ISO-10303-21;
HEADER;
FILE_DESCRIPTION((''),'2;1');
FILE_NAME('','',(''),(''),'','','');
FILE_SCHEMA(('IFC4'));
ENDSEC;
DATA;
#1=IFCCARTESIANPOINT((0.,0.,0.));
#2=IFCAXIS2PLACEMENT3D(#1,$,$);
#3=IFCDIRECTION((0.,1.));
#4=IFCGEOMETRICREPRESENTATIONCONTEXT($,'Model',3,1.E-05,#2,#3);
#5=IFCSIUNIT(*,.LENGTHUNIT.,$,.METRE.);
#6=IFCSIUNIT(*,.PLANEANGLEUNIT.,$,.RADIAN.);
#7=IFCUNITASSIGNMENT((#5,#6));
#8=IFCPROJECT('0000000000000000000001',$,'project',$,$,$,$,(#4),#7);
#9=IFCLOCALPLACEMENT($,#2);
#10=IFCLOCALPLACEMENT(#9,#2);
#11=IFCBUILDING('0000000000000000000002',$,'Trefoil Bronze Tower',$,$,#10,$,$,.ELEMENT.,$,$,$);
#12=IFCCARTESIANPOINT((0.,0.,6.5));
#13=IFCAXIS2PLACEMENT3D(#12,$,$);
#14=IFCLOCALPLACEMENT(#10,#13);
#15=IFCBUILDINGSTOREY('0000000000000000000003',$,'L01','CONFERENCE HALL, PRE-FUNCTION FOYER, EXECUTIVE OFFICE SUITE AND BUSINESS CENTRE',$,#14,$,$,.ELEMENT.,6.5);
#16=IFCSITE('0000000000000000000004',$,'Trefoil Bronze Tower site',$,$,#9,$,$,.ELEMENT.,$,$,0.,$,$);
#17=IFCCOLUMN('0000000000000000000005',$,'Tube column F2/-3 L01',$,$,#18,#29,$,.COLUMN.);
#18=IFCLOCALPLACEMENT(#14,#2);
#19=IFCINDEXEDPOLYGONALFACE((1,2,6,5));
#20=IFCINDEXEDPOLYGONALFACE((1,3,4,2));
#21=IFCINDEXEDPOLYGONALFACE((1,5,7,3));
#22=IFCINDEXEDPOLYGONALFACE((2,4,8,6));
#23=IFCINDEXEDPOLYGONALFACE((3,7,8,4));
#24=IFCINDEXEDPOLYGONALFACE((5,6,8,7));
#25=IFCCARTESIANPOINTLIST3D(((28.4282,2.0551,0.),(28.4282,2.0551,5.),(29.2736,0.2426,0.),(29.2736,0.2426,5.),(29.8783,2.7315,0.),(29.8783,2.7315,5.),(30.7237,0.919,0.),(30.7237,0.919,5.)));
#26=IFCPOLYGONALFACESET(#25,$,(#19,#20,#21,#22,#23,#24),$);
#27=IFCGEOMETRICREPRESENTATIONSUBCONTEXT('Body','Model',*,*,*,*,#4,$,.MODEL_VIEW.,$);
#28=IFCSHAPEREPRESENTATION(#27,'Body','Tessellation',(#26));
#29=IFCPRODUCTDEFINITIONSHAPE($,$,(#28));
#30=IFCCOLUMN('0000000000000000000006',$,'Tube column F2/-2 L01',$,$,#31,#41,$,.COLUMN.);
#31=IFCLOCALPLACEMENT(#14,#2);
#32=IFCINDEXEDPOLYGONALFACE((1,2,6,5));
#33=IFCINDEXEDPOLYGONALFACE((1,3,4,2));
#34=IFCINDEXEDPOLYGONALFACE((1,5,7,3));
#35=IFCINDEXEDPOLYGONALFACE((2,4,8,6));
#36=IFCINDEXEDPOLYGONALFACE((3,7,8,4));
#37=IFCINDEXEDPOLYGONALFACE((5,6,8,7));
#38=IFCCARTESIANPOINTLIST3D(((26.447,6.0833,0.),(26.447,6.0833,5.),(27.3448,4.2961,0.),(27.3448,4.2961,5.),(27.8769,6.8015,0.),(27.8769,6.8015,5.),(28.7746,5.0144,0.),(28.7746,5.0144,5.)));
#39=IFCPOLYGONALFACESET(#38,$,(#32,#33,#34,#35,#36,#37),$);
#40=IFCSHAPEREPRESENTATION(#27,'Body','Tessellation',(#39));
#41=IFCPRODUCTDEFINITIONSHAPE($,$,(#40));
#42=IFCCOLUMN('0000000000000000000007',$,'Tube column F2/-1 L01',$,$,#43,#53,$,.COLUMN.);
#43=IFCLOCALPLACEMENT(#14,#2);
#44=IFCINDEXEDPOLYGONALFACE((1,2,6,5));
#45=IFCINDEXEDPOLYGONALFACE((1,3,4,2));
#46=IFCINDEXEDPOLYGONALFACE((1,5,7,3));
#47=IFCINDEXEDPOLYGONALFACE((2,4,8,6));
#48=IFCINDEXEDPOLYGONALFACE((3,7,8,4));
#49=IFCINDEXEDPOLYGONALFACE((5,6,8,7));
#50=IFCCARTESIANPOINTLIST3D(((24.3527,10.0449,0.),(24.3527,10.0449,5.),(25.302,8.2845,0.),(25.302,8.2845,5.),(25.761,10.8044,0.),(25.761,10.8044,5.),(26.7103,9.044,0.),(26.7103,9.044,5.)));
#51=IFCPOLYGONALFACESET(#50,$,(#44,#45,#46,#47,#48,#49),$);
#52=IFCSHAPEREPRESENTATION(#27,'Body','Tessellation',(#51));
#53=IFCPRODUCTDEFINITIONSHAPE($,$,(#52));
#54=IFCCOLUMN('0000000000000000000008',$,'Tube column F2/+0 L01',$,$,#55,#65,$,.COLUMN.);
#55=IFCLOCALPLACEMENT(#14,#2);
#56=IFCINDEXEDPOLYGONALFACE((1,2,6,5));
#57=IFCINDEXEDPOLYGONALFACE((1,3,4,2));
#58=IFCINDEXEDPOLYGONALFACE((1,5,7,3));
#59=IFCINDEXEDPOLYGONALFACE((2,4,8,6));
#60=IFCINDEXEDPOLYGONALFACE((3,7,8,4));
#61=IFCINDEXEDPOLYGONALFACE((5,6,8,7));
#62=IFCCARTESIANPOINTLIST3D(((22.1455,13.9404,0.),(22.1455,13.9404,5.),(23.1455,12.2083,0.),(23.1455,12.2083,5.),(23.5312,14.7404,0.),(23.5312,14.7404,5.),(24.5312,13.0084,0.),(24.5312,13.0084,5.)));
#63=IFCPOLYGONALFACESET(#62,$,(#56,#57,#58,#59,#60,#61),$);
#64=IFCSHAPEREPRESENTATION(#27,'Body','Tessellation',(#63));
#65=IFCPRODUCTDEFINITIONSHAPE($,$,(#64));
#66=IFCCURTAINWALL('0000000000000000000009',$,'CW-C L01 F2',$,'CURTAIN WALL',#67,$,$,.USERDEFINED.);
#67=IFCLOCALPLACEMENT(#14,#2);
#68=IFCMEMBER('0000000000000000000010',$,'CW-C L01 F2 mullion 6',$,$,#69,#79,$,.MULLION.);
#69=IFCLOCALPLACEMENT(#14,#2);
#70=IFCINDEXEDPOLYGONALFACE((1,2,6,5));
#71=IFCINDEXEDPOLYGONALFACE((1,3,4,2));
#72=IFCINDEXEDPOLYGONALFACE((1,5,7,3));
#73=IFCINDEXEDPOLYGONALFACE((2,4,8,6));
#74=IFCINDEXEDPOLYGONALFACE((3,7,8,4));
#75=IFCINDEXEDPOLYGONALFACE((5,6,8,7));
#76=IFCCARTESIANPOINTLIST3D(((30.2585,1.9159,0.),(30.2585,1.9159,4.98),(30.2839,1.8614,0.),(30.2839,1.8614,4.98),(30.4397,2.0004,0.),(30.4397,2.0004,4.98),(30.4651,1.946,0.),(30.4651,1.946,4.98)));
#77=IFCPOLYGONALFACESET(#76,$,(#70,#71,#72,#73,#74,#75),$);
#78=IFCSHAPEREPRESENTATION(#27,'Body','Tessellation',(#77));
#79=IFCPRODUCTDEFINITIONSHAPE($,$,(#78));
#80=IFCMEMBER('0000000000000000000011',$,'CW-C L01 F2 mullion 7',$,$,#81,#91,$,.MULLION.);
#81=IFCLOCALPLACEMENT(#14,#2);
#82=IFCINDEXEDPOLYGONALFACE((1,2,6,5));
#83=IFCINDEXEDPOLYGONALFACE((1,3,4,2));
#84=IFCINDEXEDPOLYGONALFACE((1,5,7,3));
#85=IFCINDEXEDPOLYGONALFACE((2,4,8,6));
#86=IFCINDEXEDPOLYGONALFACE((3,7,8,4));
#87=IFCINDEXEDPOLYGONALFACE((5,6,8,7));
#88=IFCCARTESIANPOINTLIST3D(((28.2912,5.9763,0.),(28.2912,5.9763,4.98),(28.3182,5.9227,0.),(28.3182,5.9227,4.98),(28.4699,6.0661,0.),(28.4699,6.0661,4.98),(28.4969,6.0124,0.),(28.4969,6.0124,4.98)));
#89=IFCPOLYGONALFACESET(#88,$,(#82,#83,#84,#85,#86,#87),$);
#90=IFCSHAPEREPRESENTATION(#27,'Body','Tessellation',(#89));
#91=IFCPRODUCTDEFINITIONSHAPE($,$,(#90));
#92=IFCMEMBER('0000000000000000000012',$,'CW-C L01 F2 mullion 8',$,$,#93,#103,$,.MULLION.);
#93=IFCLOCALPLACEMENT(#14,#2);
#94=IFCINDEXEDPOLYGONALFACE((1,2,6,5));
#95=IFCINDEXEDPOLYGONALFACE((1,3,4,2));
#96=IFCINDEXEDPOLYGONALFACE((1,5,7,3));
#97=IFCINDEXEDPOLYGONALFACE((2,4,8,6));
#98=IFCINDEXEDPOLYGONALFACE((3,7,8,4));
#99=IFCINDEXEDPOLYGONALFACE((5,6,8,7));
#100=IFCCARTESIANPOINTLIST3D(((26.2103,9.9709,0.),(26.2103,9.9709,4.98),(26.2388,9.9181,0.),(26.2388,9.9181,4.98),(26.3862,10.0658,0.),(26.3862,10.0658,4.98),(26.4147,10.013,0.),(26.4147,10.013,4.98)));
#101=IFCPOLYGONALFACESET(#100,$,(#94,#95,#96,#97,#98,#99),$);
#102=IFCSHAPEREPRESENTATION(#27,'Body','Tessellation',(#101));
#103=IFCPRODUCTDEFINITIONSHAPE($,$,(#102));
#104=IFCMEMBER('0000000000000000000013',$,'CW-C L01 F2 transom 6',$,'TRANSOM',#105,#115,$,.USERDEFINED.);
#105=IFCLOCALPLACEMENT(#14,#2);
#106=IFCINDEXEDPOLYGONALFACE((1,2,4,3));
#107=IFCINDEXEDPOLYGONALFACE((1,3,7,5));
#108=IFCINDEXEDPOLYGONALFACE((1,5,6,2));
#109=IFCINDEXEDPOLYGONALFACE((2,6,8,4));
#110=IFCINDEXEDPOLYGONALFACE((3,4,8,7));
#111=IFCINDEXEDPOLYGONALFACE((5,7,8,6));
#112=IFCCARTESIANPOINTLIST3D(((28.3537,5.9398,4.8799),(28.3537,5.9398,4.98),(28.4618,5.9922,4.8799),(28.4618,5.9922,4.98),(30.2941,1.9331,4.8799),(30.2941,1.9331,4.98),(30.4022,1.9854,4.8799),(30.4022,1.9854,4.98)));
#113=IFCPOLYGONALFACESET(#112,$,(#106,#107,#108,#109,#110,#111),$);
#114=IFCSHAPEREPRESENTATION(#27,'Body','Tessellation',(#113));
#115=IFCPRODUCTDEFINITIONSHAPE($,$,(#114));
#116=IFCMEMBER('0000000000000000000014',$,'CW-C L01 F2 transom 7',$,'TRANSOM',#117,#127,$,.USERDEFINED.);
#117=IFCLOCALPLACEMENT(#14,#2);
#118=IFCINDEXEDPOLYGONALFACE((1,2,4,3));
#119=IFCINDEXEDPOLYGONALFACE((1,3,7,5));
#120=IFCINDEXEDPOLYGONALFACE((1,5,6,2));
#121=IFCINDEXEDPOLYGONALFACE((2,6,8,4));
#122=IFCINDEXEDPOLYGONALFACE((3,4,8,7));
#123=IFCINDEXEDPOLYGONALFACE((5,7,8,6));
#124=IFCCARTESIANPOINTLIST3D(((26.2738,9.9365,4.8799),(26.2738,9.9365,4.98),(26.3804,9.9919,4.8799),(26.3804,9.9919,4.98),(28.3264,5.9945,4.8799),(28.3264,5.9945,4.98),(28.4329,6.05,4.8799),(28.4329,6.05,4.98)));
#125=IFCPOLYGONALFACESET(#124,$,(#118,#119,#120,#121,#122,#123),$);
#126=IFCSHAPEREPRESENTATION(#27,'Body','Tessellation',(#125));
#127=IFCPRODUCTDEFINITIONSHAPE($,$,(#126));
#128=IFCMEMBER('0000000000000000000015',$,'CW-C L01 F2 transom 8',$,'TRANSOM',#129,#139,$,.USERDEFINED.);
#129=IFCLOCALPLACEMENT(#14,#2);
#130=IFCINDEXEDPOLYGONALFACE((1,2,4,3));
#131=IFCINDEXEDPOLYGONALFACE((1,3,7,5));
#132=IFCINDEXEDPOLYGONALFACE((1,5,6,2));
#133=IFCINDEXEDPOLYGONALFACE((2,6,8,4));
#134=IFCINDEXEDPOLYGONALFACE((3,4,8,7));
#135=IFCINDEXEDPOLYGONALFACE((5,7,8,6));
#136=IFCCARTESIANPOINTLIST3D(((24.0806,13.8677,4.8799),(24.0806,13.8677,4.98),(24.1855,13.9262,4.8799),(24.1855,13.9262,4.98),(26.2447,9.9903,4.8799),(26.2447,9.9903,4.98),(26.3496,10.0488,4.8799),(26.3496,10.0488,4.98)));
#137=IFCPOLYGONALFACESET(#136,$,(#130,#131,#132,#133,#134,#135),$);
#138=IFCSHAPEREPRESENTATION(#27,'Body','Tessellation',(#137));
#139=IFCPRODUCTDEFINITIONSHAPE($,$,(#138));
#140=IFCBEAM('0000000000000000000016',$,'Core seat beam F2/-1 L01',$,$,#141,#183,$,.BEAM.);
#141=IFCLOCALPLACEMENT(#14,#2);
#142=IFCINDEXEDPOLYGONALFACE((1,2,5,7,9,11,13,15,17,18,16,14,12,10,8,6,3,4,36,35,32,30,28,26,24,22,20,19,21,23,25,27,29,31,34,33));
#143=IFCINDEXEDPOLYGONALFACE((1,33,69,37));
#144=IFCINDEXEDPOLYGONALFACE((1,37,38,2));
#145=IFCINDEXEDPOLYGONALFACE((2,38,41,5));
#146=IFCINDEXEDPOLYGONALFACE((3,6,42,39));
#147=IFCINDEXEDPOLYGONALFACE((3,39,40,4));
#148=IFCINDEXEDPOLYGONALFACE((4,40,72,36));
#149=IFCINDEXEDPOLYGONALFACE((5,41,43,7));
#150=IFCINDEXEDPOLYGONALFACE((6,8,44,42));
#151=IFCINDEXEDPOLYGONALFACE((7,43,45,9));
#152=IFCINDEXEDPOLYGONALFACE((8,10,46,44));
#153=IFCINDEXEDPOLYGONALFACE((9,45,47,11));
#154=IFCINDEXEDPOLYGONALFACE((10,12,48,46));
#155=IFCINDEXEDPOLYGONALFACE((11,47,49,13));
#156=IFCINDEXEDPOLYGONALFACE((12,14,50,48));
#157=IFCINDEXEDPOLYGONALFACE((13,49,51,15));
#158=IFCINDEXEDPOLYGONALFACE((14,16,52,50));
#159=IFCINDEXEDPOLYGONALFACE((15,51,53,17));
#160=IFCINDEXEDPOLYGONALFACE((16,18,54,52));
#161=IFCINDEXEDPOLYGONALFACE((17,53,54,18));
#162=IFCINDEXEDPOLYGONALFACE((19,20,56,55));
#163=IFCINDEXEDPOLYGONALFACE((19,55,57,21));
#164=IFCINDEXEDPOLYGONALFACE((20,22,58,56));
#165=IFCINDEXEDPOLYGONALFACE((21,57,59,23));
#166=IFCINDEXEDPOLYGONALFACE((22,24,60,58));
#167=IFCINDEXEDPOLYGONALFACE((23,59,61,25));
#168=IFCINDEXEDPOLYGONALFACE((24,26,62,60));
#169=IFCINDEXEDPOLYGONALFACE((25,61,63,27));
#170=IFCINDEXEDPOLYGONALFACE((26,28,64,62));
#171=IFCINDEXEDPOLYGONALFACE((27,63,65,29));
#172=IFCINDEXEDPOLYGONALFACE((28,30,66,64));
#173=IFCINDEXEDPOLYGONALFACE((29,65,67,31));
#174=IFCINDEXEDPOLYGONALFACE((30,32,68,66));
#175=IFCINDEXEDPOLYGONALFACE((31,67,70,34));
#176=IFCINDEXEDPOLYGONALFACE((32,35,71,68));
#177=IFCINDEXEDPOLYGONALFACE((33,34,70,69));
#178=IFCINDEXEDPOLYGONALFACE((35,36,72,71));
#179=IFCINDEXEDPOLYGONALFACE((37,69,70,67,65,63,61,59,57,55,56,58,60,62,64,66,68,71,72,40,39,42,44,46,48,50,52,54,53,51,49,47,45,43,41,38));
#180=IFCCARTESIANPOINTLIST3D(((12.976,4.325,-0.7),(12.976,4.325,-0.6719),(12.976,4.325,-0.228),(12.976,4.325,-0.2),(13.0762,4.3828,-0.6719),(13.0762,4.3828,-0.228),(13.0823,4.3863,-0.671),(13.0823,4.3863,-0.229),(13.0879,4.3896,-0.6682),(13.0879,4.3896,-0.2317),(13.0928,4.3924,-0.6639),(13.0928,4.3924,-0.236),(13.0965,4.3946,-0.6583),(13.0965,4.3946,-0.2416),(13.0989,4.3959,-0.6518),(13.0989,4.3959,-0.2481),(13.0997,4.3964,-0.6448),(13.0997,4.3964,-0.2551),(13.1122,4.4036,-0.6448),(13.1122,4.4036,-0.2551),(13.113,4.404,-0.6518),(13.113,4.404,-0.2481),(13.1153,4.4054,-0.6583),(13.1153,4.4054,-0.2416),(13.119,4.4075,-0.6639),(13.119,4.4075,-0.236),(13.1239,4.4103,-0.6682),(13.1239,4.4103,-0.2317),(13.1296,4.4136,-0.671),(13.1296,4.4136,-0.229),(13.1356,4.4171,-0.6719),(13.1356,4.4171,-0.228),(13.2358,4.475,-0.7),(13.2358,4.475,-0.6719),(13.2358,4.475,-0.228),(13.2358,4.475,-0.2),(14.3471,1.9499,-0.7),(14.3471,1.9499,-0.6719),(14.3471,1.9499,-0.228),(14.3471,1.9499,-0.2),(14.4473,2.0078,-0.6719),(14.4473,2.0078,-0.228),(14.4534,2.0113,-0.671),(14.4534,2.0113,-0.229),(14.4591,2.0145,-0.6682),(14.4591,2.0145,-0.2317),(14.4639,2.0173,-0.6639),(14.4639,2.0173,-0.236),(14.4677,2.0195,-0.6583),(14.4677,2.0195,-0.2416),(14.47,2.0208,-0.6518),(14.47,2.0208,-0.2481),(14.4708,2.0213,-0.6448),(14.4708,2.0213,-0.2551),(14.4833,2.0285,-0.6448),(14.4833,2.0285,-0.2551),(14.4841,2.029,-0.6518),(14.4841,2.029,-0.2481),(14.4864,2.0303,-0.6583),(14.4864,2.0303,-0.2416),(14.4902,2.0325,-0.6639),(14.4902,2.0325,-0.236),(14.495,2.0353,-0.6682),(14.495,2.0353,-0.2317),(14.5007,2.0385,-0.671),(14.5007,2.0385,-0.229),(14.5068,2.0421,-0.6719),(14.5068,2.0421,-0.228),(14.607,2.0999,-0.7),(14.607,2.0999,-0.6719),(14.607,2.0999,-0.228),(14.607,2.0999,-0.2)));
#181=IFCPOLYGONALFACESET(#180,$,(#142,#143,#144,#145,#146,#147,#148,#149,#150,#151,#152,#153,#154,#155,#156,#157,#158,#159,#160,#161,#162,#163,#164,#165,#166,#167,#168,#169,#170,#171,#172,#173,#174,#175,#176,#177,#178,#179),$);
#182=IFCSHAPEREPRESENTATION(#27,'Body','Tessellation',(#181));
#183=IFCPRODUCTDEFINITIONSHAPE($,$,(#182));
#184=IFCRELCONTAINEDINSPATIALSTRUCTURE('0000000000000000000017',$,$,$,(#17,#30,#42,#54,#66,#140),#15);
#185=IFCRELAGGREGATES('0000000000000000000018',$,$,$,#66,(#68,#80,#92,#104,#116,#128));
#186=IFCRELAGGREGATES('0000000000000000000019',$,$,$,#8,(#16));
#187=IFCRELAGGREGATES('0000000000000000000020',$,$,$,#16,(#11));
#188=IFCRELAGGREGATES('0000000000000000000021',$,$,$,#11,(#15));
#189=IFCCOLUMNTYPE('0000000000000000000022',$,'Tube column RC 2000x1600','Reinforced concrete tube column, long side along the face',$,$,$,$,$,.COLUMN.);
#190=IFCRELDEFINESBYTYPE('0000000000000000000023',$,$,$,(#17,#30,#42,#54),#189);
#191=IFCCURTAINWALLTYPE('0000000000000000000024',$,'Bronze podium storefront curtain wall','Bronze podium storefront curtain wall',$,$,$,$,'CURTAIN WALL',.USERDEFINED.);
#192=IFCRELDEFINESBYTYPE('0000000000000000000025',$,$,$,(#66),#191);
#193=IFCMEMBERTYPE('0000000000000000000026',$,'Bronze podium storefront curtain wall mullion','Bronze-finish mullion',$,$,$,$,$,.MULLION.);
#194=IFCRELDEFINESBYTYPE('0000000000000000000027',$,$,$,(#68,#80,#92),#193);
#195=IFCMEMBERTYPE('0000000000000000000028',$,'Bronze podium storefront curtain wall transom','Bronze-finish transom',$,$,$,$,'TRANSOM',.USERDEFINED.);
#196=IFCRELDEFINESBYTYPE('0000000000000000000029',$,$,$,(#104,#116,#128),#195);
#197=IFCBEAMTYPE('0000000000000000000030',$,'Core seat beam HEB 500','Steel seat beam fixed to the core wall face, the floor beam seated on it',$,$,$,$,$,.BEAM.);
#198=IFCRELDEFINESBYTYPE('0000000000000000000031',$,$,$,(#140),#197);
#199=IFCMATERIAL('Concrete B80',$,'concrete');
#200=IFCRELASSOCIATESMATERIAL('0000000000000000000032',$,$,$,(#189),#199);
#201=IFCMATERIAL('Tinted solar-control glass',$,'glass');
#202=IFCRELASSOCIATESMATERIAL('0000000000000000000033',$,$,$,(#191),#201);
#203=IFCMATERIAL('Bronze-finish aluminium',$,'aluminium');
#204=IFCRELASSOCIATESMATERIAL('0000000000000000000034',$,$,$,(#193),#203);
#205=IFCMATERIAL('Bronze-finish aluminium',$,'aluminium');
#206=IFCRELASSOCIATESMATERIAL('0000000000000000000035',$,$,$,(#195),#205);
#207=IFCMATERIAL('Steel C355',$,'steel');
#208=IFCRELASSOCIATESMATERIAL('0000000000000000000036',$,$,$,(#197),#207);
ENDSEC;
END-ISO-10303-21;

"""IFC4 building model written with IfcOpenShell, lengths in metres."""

from ifc_helpers import new_model, si_unit, direction, frame, origin, origin_2d, place, context, subcontext, project, spatial, rectangle, i_section, extrude, material, material_profile, profile_set, type_object, element, aggregate, save


model = new_model("IFC4")

# Units and contexts
model_context = context("Model", 3, precision=1e-05, world=origin(), true_north=direction((0.0, 1.0)))
body_context = subcontext(model_context, "Body", "Model", "MODEL_VIEW")
ifc_project = project(units=[si_unit("LENGTHUNIT", "METRE"), si_unit("PLANEANGLEUNIT", "RADIAN")], contexts=[model_context])

# Site, building, storey
site_placement = place(None, origin())
site = spatial("IfcSite", under=ifc_project, at=site_placement, Name="Trefoil Bronze Tower site", CompositionType="ELEMENT", RefElevation=0.0)
building_placement = place(site_placement, origin())
building = spatial("IfcBuilding", under=site, at=building_placement, Name="Trefoil Bronze Tower", CompositionType="ELEMENT")
storey_placement = place(building_placement, frame((0.0, 0.0, 6.5)))
storey = spatial("IfcBuildingStorey", under=building, at=storey_placement, Name="L01", Description="CONFERENCE HALL, PRE-FUNCTION FOYER, EXECUTIVE OFFICE SUITE AND BUSINESS CENTRE", CompositionType="ELEMENT", Elevation=6.5)

# Columns
ifc_material_1 = material(Name="Concrete B80", Category="concrete")
ifc_material_profile_1 = material_profile(ifc_material_1, rectangle(XDim=2.0, YDim=1.6001, at=origin_2d()), Name="RC 2000x1600")
ifc_profile_set_1 = profile_set([ifc_material_profile_1], Name="Concrete B80")
column_type = type_object("IfcColumnType", Name="Tube column RC 2000x1600", Description="Reinforced concrete tube column, long side along the face", PredefinedType="COLUMN", material=ifc_profile_set_1)
for number, where, z_axis, x_axis, name in (
    (1, (29.5759, 1.4871, 0.0), (0.0, 0.0, 1.0), (-0.422701, 0.906269, 0.0), "Tube column F2/-3 L01"),
    (2, (27.6108, 5.5488, 0.0), (0.0, 0.0, 1.0), (-0.44889, 0.893587, 0.0), "Tube column F2/-2 L01"),
    (3, (25.5315, 9.5444, 0.0), (0.0, 0.0, 1.0), (-0.474656, 0.880171, 0.0), "Tube column F2/-1 L01"),
    (4, (23.3384, 13.4744, 0.0), (0.0, 0.0, 1.0), (-0.5, 0.866025, 0.0), "Tube column F2/+0 L01"),
):
    element("IfcColumn", number, at=place(storey_placement, frame(where, z_axis=z_axis, x_axis=x_axis)), inside=storey, type_object=column_type, Name=name, PredefinedType="COLUMN", context=body_context, shape_type="SweptSolid", body=[
        extrude(rectangle(XDim=2.0, YDim=1.6001, at=origin_2d()), origin(), (0.0, 0.0, 1.0), 5.0),
    ])

# Curtain wall, members
ifc_material_2 = material(Name="Tinted solar-control glass", Category="glass")
curtain_wall_type = type_object("IfcCurtainWallType", Name="Bronze podium storefront curtain wall", Description="Bronze podium storefront curtain wall", ElementType="CURTAIN WALL", PredefinedType="USERDEFINED", material=ifc_material_2)
curtain_wall_placement = place(storey_placement, origin())
curtain_wall = element("IfcCurtainWall", 5, at=curtain_wall_placement, inside=storey, type_object=curtain_wall_type, Name="CW-C L01 F2", ObjectType="CURTAIN WALL", PredefinedType="USERDEFINED")
ifc_material_3 = material(Name="Bronze-finish aluminium", Category="aluminium")
ifc_material_profile_2 = material_profile(ifc_material_3, rectangle(XDim=0.2, YDim=0.0601, at=origin_2d()), Name="CW-C mullion")
ifc_profile_set_2 = profile_set([ifc_material_profile_2], Name="Bronze-finish aluminium")
member_type_1 = type_object("IfcMemberType", Name="Bronze podium storefront curtain wall mullion", Description="Bronze-finish mullion", PredefinedType="MULLION", material=ifc_profile_set_2)
member_1_placement = place(storey_placement, frame((30.3618, 1.9309, 0.0), z_axis=(0.0, 0.0, 1.0), x_axis=(-0.906269, -0.422701, 0.0)))
member_1 = element("IfcMember", 6, at=member_1_placement, type_object=member_type_1, Name="CW-C L01 F2 mullion 6", PredefinedType="MULLION", context=body_context, shape_type="SweptSolid", body=[
    extrude(rectangle(XDim=0.2, YDim=0.0601, at=origin_2d()), origin(), (0.0, 0.0, 1.0), 4.98),
])
member_2_placement = place(storey_placement, frame((28.394, 5.9944, 0.0), z_axis=(0.0, 0.0, 1.0), x_axis=(-0.893587, -0.44889, 0.0)))
member_2 = element("IfcMember", 7, at=member_2_placement, type_object=member_type_1, Name="CW-C L01 F2 mullion 7", PredefinedType="MULLION", context=body_context, shape_type="SweptSolid", body=[
    extrude(rectangle(XDim=0.2, YDim=0.0601, at=origin_2d()), origin(), (0.0, 0.0, 1.0), 4.98),
])
member_3_placement = place(storey_placement, frame((26.3125, 9.9919, 0.0), z_axis=(0.0, 0.0, 1.0), x_axis=(-0.880171, -0.474656, 0.0)))
member_3 = element("IfcMember", 8, at=member_3_placement, type_object=member_type_1, Name="CW-C L01 F2 mullion 8", PredefinedType="MULLION", context=body_context, shape_type="SweptSolid", body=[
    extrude(rectangle(XDim=0.2, YDim=0.0601, at=origin_2d()), origin(), (0.0, 0.0, 1.0), 4.98),
])
ifc_material_4 = material(Name="Bronze-finish aluminium", Category="aluminium")
ifc_material_profile_3 = material_profile(ifc_material_4, rectangle(XDim=0.1201, YDim=0.1001, at=origin_2d()), Name="CW-C transom")
ifc_profile_set_3 = profile_set([ifc_material_profile_3], Name="Bronze-finish aluminium")
member_type_2 = type_object("IfcMemberType", Name="Bronze podium storefront curtain wall transom", Description="Bronze-finish transom", ElementType="TRANSOM", PredefinedType="USERDEFINED", material=ifc_profile_set_3)
member_4_placement = place(storey_placement, frame((30.3481, 1.9592, 4.9299), z_axis=(-0.435859, 0.900015, 0.0), x_axis=(-0.900015, -0.435859, 0.0)))
member_4 = element("IfcMember", 9, at=member_4_placement, type_object=member_type_2, Name="CW-C L01 F2 transom 6", ObjectType="TRANSOM", PredefinedType="USERDEFINED", context=body_context, shape_type="SweptSolid", body=[
    extrude(rectangle(XDim=0.1201, YDim=0.1001, at=origin_2d()), origin(), (0.0, 0.0, 1.0), 4.4519),
])
member_5_placement = place(storey_placement, frame((28.3796, 6.0222, 4.9299), z_axis=(-0.461832, 0.886968, 0.0), x_axis=(-0.886968, -0.461832, 0.0)))
member_5 = element("IfcMember", 10, at=member_5_placement, type_object=member_type_2, Name="CW-C L01 F2 transom 7", ObjectType="TRANSOM", PredefinedType="USERDEFINED", context=body_context, shape_type="SweptSolid", body=[
    extrude(rectangle(XDim=0.1201, YDim=0.1001, at=origin_2d()), origin(), (0.0, 0.0, 1.0), 4.4443),
])
member_6_placement = place(storey_placement, frame((26.2971, 10.0195, 4.9299), z_axis=(-0.487351, 0.873206, 0.0), x_axis=(-0.873206, -0.487351, 0.0)))
member_6 = element("IfcMember", 11, at=member_6_placement, type_object=member_type_2, Name="CW-C L01 F2 transom 8", ObjectType="TRANSOM", PredefinedType="USERDEFINED", context=body_context, shape_type="SweptSolid", body=[
    extrude(rectangle(XDim=0.1201, YDim=0.1001, at=origin_2d()), origin(), (0.0, 0.0, 1.0), 4.4404),
])

# Beam
ifc_material_5 = material(Name="Steel C355", Category="steel")
ifc_material_profile_4 = material_profile(ifc_material_5, i_section(OverallWidth=0.3, OverallDepth=0.5, WebThickness=0.0144, FlangeThickness=0.0281, FilletRadius=0.0271, at=origin_2d()), Name="HEB 500")
ifc_profile_set_4 = profile_set([ifc_material_profile_4], Name="Steel C355")
beam_type_1 = type_object("IfcBeamType", Name="Core seat beam HEB 500", Description="Steel seat beam fixed to the core wall face, the floor beam seated on it", PredefinedType="BEAM", material=ifc_profile_set_4)
for number, where, z_axis, x_axis, name in (
    (12, (14.4771, 2.0249, -0.45), (-0.499969, 0.866043, 0.0), (-0.866043, -0.499969, 0.0), "Core seat beam F2/-1 L01"),
):
    element("IfcBeam", number, at=place(storey_placement, frame(where, z_axis=z_axis, x_axis=x_axis)), inside=storey, type_object=beam_type_1, Name=name, PredefinedType="BEAM", context=body_context, shape_type="SweptSolid", body=[
        extrude(i_section(OverallWidth=0.3, OverallDepth=0.5, WebThickness=0.0144, FlangeThickness=0.0281, FilletRadius=0.0271, at=origin_2d()), origin(), (0.0, 0.0, 1.0), 2.7424),
    ])

aggregate(curtain_wall, [member_1, member_2, member_3, member_4, member_5, member_6])

save(model, "model.ifc")
